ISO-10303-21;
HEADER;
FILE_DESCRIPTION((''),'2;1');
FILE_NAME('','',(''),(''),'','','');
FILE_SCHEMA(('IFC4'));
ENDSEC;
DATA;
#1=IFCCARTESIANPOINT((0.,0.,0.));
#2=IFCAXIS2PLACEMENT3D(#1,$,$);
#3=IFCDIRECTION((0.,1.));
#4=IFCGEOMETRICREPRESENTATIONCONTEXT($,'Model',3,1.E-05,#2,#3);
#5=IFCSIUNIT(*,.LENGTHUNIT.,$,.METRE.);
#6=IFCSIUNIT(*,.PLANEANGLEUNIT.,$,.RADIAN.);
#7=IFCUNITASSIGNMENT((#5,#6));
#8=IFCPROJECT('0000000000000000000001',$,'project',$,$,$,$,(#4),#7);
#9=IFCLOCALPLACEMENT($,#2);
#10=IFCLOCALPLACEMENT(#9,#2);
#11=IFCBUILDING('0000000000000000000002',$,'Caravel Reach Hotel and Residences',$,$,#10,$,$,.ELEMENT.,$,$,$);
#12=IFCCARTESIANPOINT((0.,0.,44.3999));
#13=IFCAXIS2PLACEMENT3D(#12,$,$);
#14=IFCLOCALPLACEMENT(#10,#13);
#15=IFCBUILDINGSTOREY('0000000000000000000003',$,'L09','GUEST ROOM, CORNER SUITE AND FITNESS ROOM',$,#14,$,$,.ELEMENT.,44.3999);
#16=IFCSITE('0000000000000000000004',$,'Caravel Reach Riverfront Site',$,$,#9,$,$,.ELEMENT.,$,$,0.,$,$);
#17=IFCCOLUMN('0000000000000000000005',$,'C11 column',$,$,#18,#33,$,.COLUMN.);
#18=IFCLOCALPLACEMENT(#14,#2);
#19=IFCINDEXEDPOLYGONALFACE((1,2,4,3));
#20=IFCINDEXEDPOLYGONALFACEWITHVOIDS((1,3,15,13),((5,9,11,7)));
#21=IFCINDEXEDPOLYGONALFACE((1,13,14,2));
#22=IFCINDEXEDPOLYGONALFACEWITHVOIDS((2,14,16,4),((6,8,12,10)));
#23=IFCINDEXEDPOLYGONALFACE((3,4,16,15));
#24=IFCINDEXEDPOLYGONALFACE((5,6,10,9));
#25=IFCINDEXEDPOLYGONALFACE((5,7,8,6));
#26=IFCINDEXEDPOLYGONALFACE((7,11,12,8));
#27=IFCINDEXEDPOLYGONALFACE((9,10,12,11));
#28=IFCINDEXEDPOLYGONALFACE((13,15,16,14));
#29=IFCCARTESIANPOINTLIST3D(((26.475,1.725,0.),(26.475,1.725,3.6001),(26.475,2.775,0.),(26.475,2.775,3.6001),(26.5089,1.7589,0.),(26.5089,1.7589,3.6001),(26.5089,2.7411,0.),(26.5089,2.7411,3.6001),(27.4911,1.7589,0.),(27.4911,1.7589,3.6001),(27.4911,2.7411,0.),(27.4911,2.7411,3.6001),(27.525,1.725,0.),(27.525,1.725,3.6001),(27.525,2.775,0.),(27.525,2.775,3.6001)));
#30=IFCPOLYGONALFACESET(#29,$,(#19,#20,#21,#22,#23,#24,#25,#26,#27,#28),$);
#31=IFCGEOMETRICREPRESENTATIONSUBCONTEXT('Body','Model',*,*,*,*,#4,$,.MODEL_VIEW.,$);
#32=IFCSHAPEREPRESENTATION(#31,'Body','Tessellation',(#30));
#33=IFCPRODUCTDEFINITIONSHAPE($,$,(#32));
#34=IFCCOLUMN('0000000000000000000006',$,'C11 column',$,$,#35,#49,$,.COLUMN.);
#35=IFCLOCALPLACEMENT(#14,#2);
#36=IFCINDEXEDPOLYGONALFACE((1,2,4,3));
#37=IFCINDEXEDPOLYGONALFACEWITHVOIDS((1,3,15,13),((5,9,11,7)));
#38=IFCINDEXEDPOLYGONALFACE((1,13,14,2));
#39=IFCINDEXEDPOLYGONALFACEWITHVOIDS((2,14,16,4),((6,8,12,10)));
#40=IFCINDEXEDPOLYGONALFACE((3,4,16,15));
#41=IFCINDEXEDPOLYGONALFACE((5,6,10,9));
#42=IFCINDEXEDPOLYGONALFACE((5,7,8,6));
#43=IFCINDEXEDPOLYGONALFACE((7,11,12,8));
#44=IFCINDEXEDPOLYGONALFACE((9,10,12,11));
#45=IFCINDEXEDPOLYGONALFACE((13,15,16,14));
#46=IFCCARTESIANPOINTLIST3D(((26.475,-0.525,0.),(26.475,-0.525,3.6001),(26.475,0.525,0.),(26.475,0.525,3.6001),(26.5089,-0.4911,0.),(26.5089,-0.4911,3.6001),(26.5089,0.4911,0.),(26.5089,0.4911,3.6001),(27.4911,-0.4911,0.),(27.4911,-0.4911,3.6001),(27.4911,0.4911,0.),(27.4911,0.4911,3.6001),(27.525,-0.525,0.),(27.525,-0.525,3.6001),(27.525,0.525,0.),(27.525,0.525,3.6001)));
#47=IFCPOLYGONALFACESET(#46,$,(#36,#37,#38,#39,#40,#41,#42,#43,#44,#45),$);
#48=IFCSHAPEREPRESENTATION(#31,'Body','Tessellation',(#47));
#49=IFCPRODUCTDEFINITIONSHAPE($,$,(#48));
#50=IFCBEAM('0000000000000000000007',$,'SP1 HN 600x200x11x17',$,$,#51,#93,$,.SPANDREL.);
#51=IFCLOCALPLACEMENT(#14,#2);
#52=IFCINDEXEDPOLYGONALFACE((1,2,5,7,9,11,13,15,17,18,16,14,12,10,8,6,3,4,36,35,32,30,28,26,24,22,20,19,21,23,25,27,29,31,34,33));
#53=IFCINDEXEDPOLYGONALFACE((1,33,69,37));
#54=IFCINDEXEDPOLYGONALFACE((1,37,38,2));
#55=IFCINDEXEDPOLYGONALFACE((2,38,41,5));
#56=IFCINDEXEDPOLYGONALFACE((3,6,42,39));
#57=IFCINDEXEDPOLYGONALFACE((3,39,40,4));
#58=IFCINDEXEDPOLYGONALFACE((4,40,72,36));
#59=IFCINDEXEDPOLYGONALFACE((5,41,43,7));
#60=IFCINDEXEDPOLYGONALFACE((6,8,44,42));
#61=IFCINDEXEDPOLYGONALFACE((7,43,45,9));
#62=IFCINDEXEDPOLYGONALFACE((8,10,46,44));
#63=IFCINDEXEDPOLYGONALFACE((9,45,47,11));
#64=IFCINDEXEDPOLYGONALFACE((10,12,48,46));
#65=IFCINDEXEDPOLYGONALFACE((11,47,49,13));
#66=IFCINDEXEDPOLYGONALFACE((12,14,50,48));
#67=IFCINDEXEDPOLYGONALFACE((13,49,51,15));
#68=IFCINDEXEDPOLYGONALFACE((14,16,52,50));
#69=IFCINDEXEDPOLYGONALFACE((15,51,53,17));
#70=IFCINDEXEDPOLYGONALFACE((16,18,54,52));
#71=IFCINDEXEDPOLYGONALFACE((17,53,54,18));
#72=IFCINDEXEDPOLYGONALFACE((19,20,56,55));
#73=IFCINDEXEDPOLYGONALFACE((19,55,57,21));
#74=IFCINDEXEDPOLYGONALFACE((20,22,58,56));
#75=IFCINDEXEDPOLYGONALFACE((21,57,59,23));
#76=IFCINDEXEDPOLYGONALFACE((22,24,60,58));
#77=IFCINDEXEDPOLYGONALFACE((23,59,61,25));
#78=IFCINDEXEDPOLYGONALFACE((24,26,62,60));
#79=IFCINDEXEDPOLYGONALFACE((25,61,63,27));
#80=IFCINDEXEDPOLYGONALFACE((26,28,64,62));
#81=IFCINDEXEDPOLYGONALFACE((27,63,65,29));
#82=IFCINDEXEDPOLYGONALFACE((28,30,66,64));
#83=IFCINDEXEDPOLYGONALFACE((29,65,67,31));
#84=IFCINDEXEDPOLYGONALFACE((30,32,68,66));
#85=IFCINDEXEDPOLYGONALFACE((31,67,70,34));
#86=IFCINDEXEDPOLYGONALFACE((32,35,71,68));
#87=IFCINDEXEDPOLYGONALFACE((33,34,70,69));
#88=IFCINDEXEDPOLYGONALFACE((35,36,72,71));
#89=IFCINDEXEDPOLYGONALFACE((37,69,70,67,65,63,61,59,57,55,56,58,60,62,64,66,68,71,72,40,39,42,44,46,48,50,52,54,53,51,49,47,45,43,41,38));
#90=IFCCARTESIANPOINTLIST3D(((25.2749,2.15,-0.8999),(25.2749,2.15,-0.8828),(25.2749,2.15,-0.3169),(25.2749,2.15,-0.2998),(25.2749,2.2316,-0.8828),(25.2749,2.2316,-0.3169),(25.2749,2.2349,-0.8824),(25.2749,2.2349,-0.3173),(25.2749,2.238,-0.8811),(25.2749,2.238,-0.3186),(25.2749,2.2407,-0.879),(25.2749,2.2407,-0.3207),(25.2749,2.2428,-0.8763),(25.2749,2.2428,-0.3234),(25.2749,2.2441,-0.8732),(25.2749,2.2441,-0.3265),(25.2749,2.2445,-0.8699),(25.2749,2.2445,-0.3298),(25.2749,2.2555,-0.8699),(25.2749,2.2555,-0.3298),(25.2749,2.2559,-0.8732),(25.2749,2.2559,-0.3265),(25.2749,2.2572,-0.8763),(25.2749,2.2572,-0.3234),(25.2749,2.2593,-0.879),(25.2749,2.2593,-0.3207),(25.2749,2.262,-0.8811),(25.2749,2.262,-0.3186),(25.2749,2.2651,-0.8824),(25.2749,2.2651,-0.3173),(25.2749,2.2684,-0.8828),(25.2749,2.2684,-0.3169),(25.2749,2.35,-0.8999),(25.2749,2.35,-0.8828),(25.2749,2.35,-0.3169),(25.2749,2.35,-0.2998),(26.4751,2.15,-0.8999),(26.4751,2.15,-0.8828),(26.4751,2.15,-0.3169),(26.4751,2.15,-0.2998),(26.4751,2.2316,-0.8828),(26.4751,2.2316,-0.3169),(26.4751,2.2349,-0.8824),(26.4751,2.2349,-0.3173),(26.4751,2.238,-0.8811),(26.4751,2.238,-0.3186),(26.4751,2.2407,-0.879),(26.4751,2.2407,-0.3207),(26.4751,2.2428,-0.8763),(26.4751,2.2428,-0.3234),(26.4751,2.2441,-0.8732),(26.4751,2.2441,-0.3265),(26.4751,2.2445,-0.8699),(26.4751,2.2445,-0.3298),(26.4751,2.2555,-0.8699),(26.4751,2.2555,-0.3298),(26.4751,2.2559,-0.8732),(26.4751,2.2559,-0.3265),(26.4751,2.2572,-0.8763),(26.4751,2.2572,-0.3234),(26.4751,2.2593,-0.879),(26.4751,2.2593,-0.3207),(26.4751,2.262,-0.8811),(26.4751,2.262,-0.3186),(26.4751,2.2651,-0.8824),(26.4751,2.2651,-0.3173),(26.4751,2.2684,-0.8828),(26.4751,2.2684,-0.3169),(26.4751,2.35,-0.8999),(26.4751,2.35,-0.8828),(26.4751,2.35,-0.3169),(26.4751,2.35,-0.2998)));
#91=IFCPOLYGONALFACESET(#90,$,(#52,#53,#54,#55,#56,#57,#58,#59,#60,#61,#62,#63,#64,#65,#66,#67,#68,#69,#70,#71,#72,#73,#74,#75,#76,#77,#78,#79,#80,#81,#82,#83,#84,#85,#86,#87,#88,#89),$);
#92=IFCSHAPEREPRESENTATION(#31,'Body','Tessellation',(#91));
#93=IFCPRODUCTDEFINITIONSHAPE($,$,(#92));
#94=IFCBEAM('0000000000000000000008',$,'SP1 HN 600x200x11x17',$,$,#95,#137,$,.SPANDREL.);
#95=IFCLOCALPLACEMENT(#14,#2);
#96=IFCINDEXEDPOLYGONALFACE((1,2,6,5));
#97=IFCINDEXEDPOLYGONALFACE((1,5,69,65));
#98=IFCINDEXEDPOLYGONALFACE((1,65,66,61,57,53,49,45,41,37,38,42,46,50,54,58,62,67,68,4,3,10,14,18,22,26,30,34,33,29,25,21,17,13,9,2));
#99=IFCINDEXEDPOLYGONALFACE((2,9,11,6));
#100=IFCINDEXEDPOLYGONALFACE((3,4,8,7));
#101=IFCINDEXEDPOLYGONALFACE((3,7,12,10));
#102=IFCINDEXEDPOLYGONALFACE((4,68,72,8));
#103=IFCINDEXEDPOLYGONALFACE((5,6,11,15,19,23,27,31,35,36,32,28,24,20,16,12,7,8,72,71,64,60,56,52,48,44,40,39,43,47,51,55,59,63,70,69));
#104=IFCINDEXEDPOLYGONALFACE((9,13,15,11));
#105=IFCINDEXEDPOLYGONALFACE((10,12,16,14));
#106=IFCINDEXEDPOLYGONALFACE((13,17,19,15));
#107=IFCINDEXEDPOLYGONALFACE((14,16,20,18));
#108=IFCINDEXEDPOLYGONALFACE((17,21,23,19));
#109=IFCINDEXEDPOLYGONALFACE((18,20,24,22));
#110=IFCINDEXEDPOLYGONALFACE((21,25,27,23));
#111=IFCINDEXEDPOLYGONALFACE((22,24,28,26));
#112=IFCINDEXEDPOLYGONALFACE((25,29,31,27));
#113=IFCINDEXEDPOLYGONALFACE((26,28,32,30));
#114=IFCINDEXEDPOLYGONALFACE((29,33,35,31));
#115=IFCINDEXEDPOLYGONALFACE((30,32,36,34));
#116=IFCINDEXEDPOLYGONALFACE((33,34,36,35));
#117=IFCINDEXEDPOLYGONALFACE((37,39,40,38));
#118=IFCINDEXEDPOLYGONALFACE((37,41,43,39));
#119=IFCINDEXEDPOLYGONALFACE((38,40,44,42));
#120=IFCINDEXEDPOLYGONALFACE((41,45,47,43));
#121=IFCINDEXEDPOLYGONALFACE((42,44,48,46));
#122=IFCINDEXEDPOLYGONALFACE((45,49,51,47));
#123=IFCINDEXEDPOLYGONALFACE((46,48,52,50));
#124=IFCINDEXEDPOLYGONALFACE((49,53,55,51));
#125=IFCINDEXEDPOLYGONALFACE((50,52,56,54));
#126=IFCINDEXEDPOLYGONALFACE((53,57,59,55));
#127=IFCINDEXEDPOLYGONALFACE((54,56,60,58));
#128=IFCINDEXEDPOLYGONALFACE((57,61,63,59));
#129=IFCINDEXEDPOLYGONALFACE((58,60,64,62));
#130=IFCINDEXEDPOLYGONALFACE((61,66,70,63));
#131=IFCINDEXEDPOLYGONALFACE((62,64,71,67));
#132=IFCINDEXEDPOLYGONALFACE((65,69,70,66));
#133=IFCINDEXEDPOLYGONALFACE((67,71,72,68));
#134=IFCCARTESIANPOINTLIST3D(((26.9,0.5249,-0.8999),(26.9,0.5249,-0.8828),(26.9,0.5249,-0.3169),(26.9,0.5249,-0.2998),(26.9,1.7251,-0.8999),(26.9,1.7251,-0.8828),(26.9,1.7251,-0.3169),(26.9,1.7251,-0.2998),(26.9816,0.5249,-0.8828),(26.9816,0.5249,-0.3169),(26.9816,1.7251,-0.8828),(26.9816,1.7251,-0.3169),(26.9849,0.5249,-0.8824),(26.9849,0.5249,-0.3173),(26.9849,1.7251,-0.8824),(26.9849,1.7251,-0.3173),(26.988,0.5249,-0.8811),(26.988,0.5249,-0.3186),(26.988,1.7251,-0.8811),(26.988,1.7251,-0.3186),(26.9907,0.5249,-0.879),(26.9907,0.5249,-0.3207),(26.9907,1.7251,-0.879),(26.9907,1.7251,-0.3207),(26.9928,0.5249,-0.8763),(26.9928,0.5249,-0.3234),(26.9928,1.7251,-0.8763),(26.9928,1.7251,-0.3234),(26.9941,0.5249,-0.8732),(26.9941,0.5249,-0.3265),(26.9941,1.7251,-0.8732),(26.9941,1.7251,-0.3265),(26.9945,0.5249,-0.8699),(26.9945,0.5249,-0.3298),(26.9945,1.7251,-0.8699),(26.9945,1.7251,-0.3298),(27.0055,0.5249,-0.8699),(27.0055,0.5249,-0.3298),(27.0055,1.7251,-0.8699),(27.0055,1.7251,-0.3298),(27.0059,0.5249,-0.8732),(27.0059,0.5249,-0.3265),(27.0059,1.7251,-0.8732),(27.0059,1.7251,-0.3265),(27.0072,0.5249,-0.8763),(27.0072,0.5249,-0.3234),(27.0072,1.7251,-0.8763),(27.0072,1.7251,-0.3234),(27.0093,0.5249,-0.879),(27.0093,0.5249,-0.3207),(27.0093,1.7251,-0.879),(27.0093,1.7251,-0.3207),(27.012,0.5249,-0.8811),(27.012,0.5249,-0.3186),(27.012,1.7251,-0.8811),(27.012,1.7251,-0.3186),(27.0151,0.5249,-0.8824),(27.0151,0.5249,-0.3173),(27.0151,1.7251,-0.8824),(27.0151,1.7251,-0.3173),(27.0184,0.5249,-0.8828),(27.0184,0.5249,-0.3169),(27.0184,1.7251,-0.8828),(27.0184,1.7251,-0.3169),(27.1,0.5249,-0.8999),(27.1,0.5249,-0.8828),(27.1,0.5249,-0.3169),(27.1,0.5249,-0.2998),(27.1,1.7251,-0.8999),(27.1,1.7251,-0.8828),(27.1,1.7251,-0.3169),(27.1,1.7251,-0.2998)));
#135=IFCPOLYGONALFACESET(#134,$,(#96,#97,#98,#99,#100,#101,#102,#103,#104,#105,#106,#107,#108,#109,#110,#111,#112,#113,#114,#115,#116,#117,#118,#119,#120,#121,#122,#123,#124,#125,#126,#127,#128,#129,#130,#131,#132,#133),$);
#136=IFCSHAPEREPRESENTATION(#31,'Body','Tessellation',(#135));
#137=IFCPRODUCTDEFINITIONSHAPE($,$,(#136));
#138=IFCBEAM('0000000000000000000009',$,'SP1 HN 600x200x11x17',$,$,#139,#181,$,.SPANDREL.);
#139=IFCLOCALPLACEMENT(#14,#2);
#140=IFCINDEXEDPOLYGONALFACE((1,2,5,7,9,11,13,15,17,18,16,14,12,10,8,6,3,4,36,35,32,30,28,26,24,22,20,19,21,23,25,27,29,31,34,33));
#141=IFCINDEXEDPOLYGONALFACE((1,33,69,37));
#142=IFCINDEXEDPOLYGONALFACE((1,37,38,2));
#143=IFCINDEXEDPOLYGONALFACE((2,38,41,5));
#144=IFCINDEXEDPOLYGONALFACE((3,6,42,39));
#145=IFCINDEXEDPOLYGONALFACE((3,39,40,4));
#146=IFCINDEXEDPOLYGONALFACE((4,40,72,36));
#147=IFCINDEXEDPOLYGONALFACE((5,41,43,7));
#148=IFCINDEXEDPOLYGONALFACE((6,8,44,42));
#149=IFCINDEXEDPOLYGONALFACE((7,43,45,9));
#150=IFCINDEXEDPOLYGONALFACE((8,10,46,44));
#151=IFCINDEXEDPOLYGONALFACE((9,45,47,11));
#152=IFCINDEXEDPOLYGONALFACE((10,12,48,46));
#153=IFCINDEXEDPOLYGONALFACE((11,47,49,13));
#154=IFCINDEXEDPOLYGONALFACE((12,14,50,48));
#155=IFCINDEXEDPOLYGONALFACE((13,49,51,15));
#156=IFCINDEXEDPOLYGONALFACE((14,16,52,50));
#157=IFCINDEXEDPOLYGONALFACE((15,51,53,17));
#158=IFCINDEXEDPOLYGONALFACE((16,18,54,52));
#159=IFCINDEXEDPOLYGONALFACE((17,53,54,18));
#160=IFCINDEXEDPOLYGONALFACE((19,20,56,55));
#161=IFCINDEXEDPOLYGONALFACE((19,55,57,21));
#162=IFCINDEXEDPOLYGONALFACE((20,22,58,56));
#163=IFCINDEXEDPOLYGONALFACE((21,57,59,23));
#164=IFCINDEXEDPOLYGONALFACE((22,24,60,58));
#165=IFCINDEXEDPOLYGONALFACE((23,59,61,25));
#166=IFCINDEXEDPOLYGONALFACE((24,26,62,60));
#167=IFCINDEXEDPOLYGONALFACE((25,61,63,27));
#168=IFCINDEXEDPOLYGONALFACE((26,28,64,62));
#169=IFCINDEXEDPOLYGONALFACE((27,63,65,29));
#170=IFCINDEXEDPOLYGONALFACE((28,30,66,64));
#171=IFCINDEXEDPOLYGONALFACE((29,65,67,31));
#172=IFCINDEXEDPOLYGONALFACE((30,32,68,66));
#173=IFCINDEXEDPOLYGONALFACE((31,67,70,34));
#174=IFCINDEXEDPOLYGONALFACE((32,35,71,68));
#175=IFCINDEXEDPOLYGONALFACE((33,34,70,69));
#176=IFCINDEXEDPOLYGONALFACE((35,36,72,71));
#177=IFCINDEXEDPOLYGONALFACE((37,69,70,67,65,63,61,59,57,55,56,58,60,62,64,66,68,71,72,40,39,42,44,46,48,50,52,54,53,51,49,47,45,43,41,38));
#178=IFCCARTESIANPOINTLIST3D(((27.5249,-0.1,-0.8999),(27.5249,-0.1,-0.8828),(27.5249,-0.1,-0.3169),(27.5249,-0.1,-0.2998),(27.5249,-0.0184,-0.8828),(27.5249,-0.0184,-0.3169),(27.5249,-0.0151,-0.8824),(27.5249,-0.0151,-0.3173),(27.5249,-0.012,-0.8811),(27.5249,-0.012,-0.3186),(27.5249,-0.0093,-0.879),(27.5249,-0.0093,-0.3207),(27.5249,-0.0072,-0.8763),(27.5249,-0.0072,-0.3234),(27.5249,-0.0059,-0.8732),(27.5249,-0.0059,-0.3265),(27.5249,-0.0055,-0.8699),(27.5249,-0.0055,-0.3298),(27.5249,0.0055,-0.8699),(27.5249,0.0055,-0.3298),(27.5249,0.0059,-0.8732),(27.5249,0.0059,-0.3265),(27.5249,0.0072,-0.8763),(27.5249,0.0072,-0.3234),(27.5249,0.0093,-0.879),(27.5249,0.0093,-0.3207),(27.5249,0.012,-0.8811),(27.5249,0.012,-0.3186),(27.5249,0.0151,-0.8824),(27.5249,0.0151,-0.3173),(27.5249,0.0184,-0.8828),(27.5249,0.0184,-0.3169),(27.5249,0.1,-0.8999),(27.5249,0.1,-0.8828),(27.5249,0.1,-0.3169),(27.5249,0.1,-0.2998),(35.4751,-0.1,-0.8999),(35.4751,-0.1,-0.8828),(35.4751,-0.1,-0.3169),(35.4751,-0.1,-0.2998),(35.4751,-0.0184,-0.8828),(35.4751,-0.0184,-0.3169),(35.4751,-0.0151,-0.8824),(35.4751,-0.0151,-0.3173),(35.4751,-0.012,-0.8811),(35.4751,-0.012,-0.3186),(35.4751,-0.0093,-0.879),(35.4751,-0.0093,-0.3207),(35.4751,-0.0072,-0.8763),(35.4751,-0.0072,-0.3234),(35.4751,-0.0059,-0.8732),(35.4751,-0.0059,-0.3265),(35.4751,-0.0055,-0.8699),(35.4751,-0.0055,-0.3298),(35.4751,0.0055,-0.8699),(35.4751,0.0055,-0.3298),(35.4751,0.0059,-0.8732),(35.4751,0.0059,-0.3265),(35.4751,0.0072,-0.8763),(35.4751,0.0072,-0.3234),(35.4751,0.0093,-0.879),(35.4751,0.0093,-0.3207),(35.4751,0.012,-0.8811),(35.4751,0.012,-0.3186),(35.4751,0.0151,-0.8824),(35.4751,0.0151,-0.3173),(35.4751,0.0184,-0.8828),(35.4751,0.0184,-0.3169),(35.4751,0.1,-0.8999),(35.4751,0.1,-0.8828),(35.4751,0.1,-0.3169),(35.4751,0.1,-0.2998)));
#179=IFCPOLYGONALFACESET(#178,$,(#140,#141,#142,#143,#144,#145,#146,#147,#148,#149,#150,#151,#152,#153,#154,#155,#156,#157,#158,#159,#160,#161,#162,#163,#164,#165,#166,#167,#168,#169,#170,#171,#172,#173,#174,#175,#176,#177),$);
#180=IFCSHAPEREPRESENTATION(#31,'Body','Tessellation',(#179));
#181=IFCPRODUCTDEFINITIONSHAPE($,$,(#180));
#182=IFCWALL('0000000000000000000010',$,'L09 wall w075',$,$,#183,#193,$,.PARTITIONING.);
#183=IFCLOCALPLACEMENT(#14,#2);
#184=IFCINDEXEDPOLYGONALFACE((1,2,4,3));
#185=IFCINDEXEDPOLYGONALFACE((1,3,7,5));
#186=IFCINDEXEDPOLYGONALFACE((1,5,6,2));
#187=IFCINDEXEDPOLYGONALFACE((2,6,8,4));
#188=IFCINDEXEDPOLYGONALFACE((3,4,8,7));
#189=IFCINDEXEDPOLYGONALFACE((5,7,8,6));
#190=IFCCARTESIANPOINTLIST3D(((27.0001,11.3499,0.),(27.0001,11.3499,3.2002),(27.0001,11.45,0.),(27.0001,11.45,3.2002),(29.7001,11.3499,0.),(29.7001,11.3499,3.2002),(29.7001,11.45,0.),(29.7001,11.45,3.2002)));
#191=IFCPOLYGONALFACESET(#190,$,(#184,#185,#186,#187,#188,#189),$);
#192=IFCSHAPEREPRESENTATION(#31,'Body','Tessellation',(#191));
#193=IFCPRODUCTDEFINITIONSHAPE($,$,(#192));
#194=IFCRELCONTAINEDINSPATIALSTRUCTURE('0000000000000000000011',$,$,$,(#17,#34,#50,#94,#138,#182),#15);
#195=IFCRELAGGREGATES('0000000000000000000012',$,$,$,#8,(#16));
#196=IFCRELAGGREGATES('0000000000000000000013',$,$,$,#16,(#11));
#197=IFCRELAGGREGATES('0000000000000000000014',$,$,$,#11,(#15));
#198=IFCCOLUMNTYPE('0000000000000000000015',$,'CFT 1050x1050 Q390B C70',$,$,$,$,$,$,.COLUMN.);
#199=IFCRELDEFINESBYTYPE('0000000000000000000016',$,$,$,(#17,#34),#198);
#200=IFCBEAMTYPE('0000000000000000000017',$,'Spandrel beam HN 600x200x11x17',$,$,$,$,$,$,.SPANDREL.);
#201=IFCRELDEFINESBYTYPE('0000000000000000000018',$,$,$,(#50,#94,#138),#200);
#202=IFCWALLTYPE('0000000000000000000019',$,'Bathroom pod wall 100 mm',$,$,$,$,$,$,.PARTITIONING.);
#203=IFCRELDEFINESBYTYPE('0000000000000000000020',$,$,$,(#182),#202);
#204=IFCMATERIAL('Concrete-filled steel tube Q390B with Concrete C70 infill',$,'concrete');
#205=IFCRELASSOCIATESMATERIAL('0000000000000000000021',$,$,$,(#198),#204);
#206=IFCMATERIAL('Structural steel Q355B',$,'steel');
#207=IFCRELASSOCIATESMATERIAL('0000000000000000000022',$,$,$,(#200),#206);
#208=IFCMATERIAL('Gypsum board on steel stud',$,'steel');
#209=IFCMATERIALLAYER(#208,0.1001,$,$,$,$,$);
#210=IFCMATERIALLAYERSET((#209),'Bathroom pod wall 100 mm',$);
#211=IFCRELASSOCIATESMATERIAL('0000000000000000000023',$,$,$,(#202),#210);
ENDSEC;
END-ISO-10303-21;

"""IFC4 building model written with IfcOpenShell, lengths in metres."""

from ifc_helpers import new_model, si_unit, direction, frame, frame_2d, origin, origin_2d, place, context, subcontext, project, spatial, rectangle, hollow_rectangle, i_section, extrude, material, layer, layer_set, material_profile, profile_set, type_object, element, save


model = new_model("IFC4")

# Units and contexts
model_context = context("Model", 3, precision=1e-05, world=origin(), true_north=direction((0.0, 1.0)))
body_context = subcontext(model_context, "Body", "Model", "MODEL_VIEW")
ifc_project = project(units=[si_unit("LENGTHUNIT", "METRE"), si_unit("PLANEANGLEUNIT", "RADIAN")], contexts=[model_context])

# Site, building, storey
site_placement = place(None, origin())
site = spatial("IfcSite", under=ifc_project, at=site_placement, Name="Caravel Reach Riverfront Site", CompositionType="ELEMENT", RefElevation=0.0)
building_placement = place(site_placement, origin())
building = spatial("IfcBuilding", under=site, at=building_placement, Name="Caravel Reach Hotel and Residences", CompositionType="ELEMENT")
storey_placement = place(building_placement, frame((0.0, 0.0, 44.3999)))
storey = spatial("IfcBuildingStorey", under=building, at=storey_placement, Name="L09", Description="GUEST ROOM, CORNER SUITE AND FITNESS ROOM", CompositionType="ELEMENT", Elevation=44.3999)

# Columns
ifc_material_1 = material(Name="Concrete-filled steel tube Q390B with Concrete C70 infill", Category="concrete")
ifc_material_profile_1 = material_profile(ifc_material_1, hollow_rectangle(XDim=1.05, YDim=1.05, WallThickness=0.0339, at=origin_2d()), Name="RHS 1050x1050x34")
ifc_profile_set_1 = profile_set([ifc_material_profile_1], Name="Concrete-filled steel tube Q390B with Concrete C70 infill")
column_type = type_object("IfcColumnType", Name="CFT 1050x1050 Q390B C70", PredefinedType="COLUMN", material=ifc_profile_set_1)
for number, where, z_axis, x_axis, name in (
    (1, (27.0, 2.25, 0.0), (0.0, 0.0, 1.0), (1.0, 0.0, 0.0), "C11 column"),
    (2, (27.0, 0.0, 0.0), (0.0, 0.0, 1.0), (1.0, 0.0, 0.0), "C11 column"),
):
    element("IfcColumn", number, at=place(storey_placement, frame(where, z_axis=z_axis, x_axis=x_axis)), inside=storey, type_object=column_type, Name=name, PredefinedType="COLUMN", context=body_context, shape_type="SweptSolid", body=[
        extrude(hollow_rectangle(XDim=1.05, YDim=1.05, WallThickness=0.0339, at=origin_2d()), origin(), (0.0, 0.0, 1.0), 3.6001),
    ])

# Beams
ifc_material_2 = material(Name="Structural steel Q355B", Category="steel")
ifc_material_profile_2 = material_profile(ifc_material_2, i_section(OverallWidth=0.2, OverallDepth=0.6001, WebThickness=0.011, FlangeThickness=0.0171, FilletRadius=0.0129, at=origin_2d()), Name="HN 600x200x11x17")
ifc_profile_set_2 = profile_set([ifc_material_profile_2], Name="Structural steel Q355B")
beam_type = type_object("IfcBeamType", Name="Spandrel beam HN 600x200x11x17", PredefinedType="SPANDREL", material=ifc_profile_set_2)
for number, where, z_axis, x_axis, name in (
    (3, (25.2749, 2.25, -0.5999), (1.0, 0.0, 0.0), (0.0, 1.0, 0.0), "SP1 HN 600x200x11x17"),
    (4, (27.0, 1.7251, -0.5999), (0.0, -1.0, 0.0), (1.0, 0.0, 0.0), "SP1 HN 600x200x11x17"),
):
    element("IfcBeam", number, at=place(storey_placement, frame(where, z_axis=z_axis, x_axis=x_axis)), inside=storey, type_object=beam_type, Name=name, PredefinedType="SPANDREL", context=body_context, shape_type="SweptSolid", body=[
        extrude(i_section(OverallWidth=0.2, OverallDepth=0.6001, WebThickness=0.011, FlangeThickness=0.0171, FilletRadius=0.0129, at=origin_2d()), origin(), (0.0, 0.0, 1.0), 1.2002),
    ])
beam_placement = place(storey_placement, frame((27.5249, 0.0, -0.5999), z_axis=(1.0, 0.0, 0.0), x_axis=(0.0, 1.0, 0.0)))
element("IfcBeam", 5, at=beam_placement, inside=storey, type_object=beam_type, Name="SP1 HN 600x200x11x17", PredefinedType="SPANDREL", context=body_context, shape_type="SweptSolid", body=[
    extrude(i_section(OverallWidth=0.2, OverallDepth=0.6001, WebThickness=0.011, FlangeThickness=0.0171, FilletRadius=0.0129, at=origin_2d()), origin(), (0.0, 0.0, 1.0), 7.9502),
])

# Wall
ifc_material_3 = material(Name="Gypsum board on steel stud", Category="steel")
ifc_layer_1 = layer(ifc_material_3, 0.1001)
ifc_layer_set_1 = layer_set([ifc_layer_1], Name="Bathroom pod wall 100 mm")
wall_type_1 = type_object("IfcWallType", Name="Bathroom pod wall 100 mm", PredefinedType="PARTITIONING", material=ifc_layer_set_1)
wall_1_placement = place(storey_placement, frame((27.0, 11.3999, 0.0), z_axis=(0.0, 0.0, 1.0), x_axis=(1.0, 0.0, 0.0)))
element("IfcWall", 6, at=wall_1_placement, inside=storey, type_object=wall_type_1, Name="L09 wall w075", PredefinedType="PARTITIONING", context=body_context, shape_type="SweptSolid", body=[
    extrude(rectangle(XDim=2.7, YDim=0.1001, at=frame_2d((1.3501, 0.0))), origin(), (0.0, 0.0, 1.0), 3.2002),
])

save(model, "model.ifc")
